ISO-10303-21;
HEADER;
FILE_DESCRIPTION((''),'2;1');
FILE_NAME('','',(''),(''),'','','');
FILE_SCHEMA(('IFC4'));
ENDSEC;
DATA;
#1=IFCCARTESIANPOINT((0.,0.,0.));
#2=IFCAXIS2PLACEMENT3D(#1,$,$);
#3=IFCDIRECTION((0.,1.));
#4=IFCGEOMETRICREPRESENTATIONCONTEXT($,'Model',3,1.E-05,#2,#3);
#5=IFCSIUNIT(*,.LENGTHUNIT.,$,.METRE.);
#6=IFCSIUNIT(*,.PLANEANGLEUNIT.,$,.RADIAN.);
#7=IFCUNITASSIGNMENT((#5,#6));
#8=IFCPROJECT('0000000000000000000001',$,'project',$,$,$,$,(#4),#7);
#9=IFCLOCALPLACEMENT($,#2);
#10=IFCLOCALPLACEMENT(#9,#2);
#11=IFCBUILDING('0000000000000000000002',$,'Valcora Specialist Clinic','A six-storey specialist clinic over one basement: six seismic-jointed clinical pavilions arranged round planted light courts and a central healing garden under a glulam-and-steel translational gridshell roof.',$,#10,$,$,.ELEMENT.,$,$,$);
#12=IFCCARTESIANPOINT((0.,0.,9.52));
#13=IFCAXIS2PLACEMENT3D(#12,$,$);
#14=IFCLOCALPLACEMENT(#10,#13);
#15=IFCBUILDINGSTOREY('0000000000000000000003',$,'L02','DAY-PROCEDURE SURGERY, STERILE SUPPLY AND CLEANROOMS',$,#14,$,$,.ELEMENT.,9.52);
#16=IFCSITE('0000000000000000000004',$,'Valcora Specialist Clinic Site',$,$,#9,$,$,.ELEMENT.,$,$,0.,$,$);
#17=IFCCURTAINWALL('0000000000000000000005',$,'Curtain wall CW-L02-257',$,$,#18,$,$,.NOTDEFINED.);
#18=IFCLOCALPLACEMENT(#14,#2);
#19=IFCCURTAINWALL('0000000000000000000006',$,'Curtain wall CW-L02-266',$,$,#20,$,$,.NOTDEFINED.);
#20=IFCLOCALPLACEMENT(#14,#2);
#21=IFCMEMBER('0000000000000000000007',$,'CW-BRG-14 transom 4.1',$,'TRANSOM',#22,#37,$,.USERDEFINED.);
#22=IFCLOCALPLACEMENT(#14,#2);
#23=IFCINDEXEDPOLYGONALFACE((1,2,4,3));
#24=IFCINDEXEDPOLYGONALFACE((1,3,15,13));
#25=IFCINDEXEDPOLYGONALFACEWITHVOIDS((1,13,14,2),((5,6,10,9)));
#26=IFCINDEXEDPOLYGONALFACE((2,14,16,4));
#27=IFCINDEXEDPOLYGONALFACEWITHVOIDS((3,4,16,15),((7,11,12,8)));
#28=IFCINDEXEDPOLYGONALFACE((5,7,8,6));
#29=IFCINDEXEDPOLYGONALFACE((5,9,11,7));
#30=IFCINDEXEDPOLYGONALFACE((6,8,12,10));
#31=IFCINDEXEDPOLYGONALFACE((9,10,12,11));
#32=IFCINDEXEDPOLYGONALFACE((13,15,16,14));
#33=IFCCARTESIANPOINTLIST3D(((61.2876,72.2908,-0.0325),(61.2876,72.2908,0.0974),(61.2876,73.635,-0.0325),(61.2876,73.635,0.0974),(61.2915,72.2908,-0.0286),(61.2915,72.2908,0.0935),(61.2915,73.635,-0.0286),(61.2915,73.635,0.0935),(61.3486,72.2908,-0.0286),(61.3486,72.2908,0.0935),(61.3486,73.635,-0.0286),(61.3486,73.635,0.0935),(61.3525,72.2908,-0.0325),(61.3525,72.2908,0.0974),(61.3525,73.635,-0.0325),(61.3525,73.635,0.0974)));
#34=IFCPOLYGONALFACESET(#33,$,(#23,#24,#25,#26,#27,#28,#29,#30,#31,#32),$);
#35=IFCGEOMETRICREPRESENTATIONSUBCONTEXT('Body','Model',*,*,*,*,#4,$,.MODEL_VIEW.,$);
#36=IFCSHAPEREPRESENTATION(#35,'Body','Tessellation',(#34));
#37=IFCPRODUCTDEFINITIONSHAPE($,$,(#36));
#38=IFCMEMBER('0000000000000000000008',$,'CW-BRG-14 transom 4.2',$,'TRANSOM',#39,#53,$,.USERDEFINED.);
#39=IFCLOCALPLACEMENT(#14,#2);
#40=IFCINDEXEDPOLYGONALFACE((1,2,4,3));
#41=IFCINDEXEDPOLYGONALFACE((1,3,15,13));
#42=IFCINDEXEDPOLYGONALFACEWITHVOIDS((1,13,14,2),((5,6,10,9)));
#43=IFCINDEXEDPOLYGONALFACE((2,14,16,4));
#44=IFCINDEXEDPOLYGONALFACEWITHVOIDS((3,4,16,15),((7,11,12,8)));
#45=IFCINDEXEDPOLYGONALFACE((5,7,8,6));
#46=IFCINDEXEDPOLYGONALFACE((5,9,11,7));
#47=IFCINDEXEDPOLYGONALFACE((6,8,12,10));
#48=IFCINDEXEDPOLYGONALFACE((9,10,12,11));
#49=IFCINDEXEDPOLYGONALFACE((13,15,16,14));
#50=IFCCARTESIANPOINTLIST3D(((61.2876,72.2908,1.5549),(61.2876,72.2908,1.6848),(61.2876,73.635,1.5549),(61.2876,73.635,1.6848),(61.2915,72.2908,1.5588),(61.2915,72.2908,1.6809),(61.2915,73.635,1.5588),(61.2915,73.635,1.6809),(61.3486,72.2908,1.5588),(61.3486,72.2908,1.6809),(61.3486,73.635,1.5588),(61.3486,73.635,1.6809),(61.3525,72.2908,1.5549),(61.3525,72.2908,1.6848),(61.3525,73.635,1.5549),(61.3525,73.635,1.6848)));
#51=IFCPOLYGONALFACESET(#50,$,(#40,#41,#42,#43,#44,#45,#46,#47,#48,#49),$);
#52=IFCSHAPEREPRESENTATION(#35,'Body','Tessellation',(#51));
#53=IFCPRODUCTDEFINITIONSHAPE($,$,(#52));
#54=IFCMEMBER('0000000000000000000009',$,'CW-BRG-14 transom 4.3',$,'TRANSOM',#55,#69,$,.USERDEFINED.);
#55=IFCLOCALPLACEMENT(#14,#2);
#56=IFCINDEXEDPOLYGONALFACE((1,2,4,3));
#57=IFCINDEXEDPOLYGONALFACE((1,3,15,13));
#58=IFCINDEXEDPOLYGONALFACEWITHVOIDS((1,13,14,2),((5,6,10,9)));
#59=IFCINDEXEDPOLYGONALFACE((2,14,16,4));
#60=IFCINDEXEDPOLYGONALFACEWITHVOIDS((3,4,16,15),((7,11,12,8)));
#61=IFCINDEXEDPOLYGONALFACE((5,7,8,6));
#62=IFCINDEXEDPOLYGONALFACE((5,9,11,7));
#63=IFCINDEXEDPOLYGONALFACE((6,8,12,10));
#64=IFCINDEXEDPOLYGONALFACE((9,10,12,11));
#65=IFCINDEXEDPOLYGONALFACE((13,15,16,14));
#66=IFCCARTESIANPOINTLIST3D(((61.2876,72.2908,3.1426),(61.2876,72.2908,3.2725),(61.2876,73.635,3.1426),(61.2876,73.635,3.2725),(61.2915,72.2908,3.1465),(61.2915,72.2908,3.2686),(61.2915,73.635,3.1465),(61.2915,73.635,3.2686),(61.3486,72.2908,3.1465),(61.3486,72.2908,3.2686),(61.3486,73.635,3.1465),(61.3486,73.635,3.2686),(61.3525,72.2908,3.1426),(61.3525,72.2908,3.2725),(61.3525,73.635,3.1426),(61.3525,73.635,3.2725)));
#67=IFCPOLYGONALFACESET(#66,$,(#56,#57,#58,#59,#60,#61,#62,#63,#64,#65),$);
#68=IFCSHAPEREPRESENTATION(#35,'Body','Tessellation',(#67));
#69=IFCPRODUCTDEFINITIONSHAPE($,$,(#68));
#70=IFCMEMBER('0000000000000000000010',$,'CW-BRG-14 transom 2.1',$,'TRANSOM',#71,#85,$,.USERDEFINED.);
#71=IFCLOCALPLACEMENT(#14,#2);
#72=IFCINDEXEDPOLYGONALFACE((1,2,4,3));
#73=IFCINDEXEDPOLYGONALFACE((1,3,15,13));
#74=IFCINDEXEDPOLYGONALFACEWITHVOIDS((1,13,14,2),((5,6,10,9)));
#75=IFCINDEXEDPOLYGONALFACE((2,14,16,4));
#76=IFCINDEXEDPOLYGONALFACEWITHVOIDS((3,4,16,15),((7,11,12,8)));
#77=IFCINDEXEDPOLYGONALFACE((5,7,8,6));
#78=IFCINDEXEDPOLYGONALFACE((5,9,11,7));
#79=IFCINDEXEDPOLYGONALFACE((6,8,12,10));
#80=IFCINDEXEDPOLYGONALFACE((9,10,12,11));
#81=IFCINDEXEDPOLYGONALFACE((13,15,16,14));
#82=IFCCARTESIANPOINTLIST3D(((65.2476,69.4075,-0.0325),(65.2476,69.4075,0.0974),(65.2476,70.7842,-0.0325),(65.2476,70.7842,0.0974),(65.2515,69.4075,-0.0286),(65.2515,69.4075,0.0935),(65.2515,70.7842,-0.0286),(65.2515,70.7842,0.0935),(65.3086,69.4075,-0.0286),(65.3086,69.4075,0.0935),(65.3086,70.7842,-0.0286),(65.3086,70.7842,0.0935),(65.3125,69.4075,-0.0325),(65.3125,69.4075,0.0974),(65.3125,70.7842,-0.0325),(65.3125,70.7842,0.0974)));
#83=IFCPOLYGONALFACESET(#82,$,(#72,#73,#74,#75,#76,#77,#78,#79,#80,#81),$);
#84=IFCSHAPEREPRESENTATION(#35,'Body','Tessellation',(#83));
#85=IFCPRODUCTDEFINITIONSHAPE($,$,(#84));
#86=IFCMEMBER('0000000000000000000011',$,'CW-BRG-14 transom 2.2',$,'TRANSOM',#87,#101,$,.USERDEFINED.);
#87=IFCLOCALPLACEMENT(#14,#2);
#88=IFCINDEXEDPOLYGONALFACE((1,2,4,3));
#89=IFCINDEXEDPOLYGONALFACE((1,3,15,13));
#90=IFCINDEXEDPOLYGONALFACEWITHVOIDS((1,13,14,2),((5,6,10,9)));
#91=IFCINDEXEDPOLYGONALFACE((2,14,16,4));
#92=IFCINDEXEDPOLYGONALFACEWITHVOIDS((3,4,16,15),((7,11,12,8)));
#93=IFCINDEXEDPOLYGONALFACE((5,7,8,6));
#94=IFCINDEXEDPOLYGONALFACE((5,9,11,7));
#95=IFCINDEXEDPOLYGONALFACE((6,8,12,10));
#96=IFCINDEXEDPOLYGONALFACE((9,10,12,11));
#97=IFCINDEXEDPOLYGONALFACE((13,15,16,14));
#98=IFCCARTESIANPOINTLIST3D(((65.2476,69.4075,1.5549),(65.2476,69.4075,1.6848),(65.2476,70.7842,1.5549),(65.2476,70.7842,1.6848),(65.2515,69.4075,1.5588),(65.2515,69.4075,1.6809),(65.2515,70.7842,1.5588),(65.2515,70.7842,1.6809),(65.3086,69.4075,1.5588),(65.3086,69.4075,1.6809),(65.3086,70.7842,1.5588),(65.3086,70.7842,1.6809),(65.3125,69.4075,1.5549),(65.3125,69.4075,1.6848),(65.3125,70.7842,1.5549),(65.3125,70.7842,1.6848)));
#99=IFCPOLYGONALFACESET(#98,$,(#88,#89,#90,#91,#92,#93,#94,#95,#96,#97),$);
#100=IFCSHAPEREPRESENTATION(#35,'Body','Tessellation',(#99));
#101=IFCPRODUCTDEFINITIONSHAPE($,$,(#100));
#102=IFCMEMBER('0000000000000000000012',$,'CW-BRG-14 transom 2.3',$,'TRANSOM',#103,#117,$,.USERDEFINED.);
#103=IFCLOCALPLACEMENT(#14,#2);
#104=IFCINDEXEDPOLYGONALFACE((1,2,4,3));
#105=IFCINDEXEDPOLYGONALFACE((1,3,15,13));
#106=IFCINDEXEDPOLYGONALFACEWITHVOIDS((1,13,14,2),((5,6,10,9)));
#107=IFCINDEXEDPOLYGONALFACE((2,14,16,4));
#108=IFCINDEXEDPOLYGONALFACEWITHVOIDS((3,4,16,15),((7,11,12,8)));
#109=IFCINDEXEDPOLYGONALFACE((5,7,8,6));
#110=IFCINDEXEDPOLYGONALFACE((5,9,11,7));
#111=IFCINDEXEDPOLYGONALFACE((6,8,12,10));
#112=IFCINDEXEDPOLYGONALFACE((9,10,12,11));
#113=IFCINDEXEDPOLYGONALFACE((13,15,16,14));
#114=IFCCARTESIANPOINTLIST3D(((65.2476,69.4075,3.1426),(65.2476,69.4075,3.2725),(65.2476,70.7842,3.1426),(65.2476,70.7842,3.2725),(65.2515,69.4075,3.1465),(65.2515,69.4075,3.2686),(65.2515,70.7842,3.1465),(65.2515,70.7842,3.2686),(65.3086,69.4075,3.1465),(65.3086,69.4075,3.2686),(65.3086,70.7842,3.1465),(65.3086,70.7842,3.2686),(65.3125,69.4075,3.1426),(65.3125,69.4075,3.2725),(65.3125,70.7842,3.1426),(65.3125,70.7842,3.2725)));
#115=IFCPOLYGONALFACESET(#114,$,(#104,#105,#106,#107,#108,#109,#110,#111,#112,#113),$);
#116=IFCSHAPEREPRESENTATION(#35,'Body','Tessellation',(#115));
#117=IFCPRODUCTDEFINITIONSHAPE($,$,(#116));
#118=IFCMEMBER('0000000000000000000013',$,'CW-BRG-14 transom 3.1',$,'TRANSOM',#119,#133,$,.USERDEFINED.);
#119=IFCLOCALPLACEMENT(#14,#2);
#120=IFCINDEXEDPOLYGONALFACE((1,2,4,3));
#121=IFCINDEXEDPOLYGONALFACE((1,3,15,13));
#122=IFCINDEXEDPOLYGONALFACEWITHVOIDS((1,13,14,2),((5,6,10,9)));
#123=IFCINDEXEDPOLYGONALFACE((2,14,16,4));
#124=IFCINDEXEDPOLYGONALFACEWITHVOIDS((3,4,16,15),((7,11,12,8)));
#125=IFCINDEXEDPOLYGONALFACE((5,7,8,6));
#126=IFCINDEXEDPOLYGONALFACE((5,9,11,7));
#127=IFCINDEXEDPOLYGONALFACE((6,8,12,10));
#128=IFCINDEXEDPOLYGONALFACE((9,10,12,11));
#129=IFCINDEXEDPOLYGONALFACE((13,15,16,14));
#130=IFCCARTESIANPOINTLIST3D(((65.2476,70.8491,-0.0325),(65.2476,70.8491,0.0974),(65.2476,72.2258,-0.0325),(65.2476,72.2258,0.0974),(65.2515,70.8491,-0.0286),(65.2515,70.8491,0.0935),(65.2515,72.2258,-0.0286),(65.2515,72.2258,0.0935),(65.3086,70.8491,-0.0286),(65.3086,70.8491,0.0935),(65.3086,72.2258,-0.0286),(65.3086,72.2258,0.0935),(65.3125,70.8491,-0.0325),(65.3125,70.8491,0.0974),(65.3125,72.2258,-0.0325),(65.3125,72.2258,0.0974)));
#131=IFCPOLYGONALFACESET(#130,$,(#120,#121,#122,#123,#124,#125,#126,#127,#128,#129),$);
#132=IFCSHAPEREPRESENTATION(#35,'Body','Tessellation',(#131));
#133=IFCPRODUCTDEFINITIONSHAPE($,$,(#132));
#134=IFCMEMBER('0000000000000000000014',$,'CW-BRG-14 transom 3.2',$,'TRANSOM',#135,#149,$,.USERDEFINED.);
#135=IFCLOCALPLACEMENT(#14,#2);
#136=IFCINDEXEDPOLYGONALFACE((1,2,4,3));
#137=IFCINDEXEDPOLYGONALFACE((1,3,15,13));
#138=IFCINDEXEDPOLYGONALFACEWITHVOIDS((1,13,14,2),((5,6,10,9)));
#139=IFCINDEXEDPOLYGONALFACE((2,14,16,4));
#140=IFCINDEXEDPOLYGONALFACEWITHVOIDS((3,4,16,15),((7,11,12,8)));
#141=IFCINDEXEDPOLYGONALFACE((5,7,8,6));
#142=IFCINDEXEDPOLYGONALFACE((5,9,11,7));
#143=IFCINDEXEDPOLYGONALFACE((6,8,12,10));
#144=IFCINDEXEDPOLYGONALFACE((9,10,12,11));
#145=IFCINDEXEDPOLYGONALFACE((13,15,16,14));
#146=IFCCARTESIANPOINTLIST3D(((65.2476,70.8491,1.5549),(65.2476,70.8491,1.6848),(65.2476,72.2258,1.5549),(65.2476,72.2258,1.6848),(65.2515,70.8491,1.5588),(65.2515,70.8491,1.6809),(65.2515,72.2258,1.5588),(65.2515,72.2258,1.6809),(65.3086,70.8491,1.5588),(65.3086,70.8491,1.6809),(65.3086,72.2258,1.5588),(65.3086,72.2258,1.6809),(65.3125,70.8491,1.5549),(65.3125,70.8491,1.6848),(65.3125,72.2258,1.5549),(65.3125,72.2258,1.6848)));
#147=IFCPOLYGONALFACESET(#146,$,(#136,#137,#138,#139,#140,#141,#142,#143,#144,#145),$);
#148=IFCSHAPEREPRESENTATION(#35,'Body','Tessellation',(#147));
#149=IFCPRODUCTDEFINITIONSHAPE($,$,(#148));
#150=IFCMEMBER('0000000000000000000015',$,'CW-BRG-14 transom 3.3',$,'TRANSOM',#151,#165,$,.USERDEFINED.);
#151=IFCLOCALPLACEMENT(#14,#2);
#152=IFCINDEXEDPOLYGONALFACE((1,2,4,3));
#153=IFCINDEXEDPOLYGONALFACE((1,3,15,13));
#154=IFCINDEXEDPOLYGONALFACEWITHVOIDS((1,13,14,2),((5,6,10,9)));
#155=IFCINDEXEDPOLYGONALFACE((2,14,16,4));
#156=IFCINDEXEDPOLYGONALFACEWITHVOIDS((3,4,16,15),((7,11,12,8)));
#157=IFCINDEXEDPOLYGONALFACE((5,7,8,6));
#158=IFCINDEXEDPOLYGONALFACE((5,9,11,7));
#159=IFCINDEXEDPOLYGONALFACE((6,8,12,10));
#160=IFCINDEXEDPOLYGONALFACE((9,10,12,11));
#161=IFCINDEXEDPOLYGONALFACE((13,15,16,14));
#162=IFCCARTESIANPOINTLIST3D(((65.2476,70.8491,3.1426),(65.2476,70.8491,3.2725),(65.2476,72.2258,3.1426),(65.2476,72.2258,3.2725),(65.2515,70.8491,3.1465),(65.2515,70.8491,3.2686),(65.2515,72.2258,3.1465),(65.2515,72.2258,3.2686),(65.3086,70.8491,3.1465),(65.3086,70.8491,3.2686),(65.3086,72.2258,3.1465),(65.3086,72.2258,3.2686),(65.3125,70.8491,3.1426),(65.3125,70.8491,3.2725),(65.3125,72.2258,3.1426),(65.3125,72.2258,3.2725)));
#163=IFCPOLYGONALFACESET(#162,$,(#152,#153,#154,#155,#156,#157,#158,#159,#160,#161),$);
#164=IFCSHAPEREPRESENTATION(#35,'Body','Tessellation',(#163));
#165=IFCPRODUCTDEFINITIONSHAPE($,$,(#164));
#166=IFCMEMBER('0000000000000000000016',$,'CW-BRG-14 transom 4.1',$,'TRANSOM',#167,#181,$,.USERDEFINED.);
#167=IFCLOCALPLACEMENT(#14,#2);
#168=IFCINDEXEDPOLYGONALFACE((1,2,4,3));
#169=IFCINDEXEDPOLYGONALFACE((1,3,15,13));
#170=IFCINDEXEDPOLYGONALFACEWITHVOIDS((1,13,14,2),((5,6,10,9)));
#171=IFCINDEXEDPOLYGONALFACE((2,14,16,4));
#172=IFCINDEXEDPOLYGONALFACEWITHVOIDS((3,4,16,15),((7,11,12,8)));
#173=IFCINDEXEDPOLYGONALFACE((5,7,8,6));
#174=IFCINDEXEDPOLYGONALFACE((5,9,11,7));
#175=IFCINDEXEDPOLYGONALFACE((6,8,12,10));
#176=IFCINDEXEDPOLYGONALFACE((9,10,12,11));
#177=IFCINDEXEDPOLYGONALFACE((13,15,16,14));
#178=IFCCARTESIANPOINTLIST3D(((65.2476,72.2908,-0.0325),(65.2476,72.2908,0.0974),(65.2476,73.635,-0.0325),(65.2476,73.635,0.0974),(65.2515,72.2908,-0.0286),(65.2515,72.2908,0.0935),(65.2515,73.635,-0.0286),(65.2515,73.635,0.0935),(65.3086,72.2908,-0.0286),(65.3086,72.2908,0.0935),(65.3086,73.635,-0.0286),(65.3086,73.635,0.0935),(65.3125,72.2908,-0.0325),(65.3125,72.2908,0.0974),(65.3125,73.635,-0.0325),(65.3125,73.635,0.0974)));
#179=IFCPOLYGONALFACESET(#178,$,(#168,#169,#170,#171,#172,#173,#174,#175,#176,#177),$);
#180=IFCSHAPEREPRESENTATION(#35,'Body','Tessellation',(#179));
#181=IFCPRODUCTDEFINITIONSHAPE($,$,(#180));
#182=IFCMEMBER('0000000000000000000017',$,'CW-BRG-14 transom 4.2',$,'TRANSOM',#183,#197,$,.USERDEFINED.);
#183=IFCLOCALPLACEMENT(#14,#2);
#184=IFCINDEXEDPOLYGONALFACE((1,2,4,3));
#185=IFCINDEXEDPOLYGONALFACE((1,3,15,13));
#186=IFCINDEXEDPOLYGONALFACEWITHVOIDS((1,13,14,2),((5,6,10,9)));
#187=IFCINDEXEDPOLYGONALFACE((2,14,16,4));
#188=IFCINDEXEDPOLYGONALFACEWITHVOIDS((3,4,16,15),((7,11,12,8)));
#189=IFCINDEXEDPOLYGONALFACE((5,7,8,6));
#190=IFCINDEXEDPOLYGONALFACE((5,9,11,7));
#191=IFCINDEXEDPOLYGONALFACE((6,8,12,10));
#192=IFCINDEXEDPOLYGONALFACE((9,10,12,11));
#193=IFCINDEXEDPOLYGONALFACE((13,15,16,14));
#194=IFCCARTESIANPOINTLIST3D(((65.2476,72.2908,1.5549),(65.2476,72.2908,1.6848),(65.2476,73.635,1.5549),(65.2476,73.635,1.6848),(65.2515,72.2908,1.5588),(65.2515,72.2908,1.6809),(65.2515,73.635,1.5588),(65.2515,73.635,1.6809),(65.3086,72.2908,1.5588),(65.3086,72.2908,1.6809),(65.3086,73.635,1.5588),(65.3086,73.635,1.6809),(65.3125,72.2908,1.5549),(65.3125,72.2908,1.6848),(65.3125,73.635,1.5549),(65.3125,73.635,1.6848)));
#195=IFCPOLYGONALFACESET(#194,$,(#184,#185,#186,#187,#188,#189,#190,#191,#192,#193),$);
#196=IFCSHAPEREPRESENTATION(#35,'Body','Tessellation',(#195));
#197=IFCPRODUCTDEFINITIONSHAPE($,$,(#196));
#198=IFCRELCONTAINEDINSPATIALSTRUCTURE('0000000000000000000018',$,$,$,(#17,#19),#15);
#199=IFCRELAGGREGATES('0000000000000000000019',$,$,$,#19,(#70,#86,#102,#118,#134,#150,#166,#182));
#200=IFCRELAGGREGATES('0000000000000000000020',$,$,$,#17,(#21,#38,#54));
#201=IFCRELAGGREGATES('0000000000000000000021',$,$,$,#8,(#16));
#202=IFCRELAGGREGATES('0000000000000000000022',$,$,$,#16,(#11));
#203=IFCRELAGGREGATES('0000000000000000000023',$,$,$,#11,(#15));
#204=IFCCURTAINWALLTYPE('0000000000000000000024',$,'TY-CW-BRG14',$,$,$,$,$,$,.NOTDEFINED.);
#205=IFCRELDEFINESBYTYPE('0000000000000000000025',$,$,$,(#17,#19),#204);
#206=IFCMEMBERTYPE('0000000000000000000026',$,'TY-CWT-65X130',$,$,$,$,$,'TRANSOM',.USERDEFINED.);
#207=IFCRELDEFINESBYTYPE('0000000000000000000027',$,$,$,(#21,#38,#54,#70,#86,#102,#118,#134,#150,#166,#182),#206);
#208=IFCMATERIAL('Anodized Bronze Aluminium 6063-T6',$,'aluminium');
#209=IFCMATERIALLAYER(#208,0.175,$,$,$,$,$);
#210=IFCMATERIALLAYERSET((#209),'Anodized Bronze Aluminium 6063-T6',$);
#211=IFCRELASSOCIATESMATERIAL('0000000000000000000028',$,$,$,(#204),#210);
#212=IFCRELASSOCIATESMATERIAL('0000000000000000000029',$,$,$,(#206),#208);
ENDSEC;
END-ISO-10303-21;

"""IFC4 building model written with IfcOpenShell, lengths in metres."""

from ifc_helpers import new_model, si_unit, direction, frame, origin, origin_2d, place, context, subcontext, project, spatial, hollow_rectangle, extrude, material, layer, layer_set, material_profile, profile_set, type_object, element, aggregate, save


model = new_model("IFC4")

# Units and contexts
model_context = context("Model", 3, precision=1e-05, world=origin(), true_north=direction((0.0, 1.0)))
body_context = subcontext(model_context, "Body", "Model", "MODEL_VIEW")
ifc_project = project(units=[si_unit("LENGTHUNIT", "METRE"), si_unit("PLANEANGLEUNIT", "RADIAN")], contexts=[model_context])

# Site, building, storey
site_placement = place(None, origin())
site = spatial("IfcSite", under=ifc_project, at=site_placement, Name="Valcora Specialist Clinic Site", CompositionType="ELEMENT", RefElevation=0.0)
building_placement = place(site_placement, origin())
building = spatial("IfcBuilding", under=site, at=building_placement, Name="Valcora Specialist Clinic", Description="A six-storey specialist clinic over one basement: six seismic-jointed clinical pavilions arranged round planted light courts and a central healing garden under a glulam-and-steel translational gridshell roof.", CompositionType="ELEMENT")
storey_placement = place(building_placement, frame((0.0, 0.0, 9.52)))
storey = spatial("IfcBuildingStorey", under=building, at=storey_placement, Name="L02", Description="DAY-PROCEDURE SURGERY, STERILE SUPPLY AND CLEANROOMS", CompositionType="ELEMENT", Elevation=9.52)

# Curtain walls
ifc_material_1 = material(Name="Anodized Bronze Aluminium 6063-T6", Category="aluminium")
ifc_layer_1 = layer(ifc_material_1, 0.175)
ifc_layer_set_1 = layer_set([ifc_layer_1], Name="Anodized Bronze Aluminium 6063-T6")
curtain_wall_type = type_object("IfcCurtainWallType", Name="TY-CW-BRG14", PredefinedType="NOTDEFINED", material=ifc_layer_set_1)
curtain_wall_1_placement = place(storey_placement, origin())
curtain_wall_1 = element("IfcCurtainWall", 1, at=curtain_wall_1_placement, inside=storey, type_object=curtain_wall_type, Name="Curtain wall CW-L02-257", PredefinedType="NOTDEFINED")
curtain_wall_2_placement = place(storey_placement, origin())
curtain_wall_2 = element("IfcCurtainWall", 2, at=curtain_wall_2_placement, inside=storey, type_object=curtain_wall_type, Name="Curtain wall CW-L02-266", PredefinedType="NOTDEFINED")

# Members
ifc_material_profile_1 = material_profile(ifc_material_1, hollow_rectangle(XDim=0.0649, YDim=0.1299, WallThickness=0.0039, at=origin_2d()), Name="AL-TRN-65X130")
ifc_profile_set_1 = profile_set([ifc_material_profile_1], Name="Anodized Bronze Aluminium 6063-T6")
member_type_1 = type_object("IfcMemberType", Name="TY-CWT-65X130", ElementType="TRANSOM", PredefinedType="USERDEFINED", material=ifc_profile_set_1)
member_1_placement = place(storey_placement, frame((61.3201, 72.2908, 0.0325), z_axis=(0.0, 1.0, 0.0), x_axis=(-1.0, 0.0, 0.0)))
member_1 = element("IfcMember", 3, at=member_1_placement, type_object=member_type_1, Name="CW-BRG-14 transom 4.1", ObjectType="TRANSOM", PredefinedType="USERDEFINED", context=body_context, shape_type="SweptSolid", body=[
    extrude(hollow_rectangle(XDim=0.0649, YDim=0.1299, WallThickness=0.0039, at=origin_2d()), origin(), (0.0, 0.0, 1.0), 1.3442),
])
member_2_placement = place(storey_placement, frame((61.3201, 72.2908, 1.6199), z_axis=(0.0, 1.0, 0.0), x_axis=(-1.0, 0.0, 0.0)))
member_2 = element("IfcMember", 4, at=member_2_placement, type_object=member_type_1, Name="CW-BRG-14 transom 4.2", ObjectType="TRANSOM", PredefinedType="USERDEFINED", context=body_context, shape_type="SweptSolid", body=[
    extrude(hollow_rectangle(XDim=0.0649, YDim=0.1299, WallThickness=0.0039, at=origin_2d()), origin(), (0.0, 0.0, 1.0), 1.3442),
])
member_3_placement = place(storey_placement, frame((61.3201, 72.2908, 3.2075), z_axis=(0.0, 1.0, 0.0), x_axis=(-1.0, 0.0, 0.0)))
member_3 = element("IfcMember", 5, at=member_3_placement, type_object=member_type_1, Name="CW-BRG-14 transom 4.3", ObjectType="TRANSOM", PredefinedType="USERDEFINED", context=body_context, shape_type="SweptSolid", body=[
    extrude(hollow_rectangle(XDim=0.0649, YDim=0.1299, WallThickness=0.0039, at=origin_2d()), origin(), (0.0, 0.0, 1.0), 1.3442),
])
member_4_placement = place(storey_placement, frame((65.28, 69.4075, 0.0325), z_axis=(0.0, 1.0, 0.0), x_axis=(-1.0, 0.0, 0.0)))
member_4 = element("IfcMember", 6, at=member_4_placement, type_object=member_type_1, Name="CW-BRG-14 transom 2.1", ObjectType="TRANSOM", PredefinedType="USERDEFINED", context=body_context, shape_type="SweptSolid", body=[
    extrude(hollow_rectangle(XDim=0.0649, YDim=0.1299, WallThickness=0.0039, at=origin_2d()), origin(), (0.0, 0.0, 1.0), 1.3767),
])
member_5_placement = place(storey_placement, frame((65.28, 69.4075, 1.6199), z_axis=(0.0, 1.0, 0.0), x_axis=(-1.0, 0.0, 0.0)))
member_5 = element("IfcMember", 7, at=member_5_placement, type_object=member_type_1, Name="CW-BRG-14 transom 2.2", ObjectType="TRANSOM", PredefinedType="USERDEFINED", context=body_context, shape_type="SweptSolid", body=[
    extrude(hollow_rectangle(XDim=0.0649, YDim=0.1299, WallThickness=0.0039, at=origin_2d()), origin(), (0.0, 0.0, 1.0), 1.3767),
])
member_6_placement = place(storey_placement, frame((65.28, 69.4075, 3.2075), z_axis=(0.0, 1.0, 0.0), x_axis=(-1.0, 0.0, 0.0)))
member_6 = element("IfcMember", 8, at=member_6_placement, type_object=member_type_1, Name="CW-BRG-14 transom 2.3", ObjectType="TRANSOM", PredefinedType="USERDEFINED", context=body_context, shape_type="SweptSolid", body=[
    extrude(hollow_rectangle(XDim=0.0649, YDim=0.1299, WallThickness=0.0039, at=origin_2d()), origin(), (0.0, 0.0, 1.0), 1.3767),
])
member_7_placement = place(storey_placement, frame((65.28, 70.8491, 0.0325), z_axis=(0.0, 1.0, 0.0), x_axis=(-1.0, 0.0, 0.0)))
member_7 = element("IfcMember", 9, at=member_7_placement, type_object=member_type_1, Name="CW-BRG-14 transom 3.1", ObjectType="TRANSOM", PredefinedType="USERDEFINED", context=body_context, shape_type="SweptSolid", body=[
    extrude(hollow_rectangle(XDim=0.0649, YDim=0.1299, WallThickness=0.0039, at=origin_2d()), origin(), (0.0, 0.0, 1.0), 1.3767),
])
member_8_placement = place(storey_placement, frame((65.28, 70.8491, 1.6199), z_axis=(0.0, 1.0, 0.0), x_axis=(-1.0, 0.0, 0.0)))
member_8 = element("IfcMember", 10, at=member_8_placement, type_object=member_type_1, Name="CW-BRG-14 transom 3.2", ObjectType="TRANSOM", PredefinedType="USERDEFINED", context=body_context, shape_type="SweptSolid", body=[
    extrude(hollow_rectangle(XDim=0.0649, YDim=0.1299, WallThickness=0.0039, at=origin_2d()), origin(), (0.0, 0.0, 1.0), 1.3767),
])
member_9_placement = place(storey_placement, frame((65.28, 70.8491, 3.2075), z_axis=(0.0, 1.0, 0.0), x_axis=(-1.0, 0.0, 0.0)))
member_9 = element("IfcMember", 11, at=member_9_placement, type_object=member_type_1, Name="CW-BRG-14 transom 3.3", ObjectType="TRANSOM", PredefinedType="USERDEFINED", context=body_context, shape_type="SweptSolid", body=[
    extrude(hollow_rectangle(XDim=0.0649, YDim=0.1299, WallThickness=0.0039, at=origin_2d()), origin(), (0.0, 0.0, 1.0), 1.3767),
])
member_10_placement = place(storey_placement, frame((65.28, 72.2908, 0.0325), z_axis=(0.0, 1.0, 0.0), x_axis=(-1.0, 0.0, 0.0)))
member_10 = element("IfcMember", 12, at=member_10_placement, type_object=member_type_1, Name="CW-BRG-14 transom 4.1", ObjectType="TRANSOM", PredefinedType="USERDEFINED", context=body_context, shape_type="SweptSolid", body=[
    extrude(hollow_rectangle(XDim=0.0649, YDim=0.1299, WallThickness=0.0039, at=origin_2d()), origin(), (0.0, 0.0, 1.0), 1.3442),
])
member_11_placement = place(storey_placement, frame((65.28, 72.2908, 1.6199), z_axis=(0.0, 1.0, 0.0), x_axis=(-1.0, 0.0, 0.0)))
member_11 = element("IfcMember", 13, at=member_11_placement, type_object=member_type_1, Name="CW-BRG-14 transom 4.2", ObjectType="TRANSOM", PredefinedType="USERDEFINED", context=body_context, shape_type="SweptSolid", body=[
    extrude(hollow_rectangle(XDim=0.0649, YDim=0.1299, WallThickness=0.0039, at=origin_2d()), origin(), (0.0, 0.0, 1.0), 1.3442),
])

aggregate(curtain_wall_2, [member_4, member_5, member_6, member_7, member_8, member_9, member_10, member_11])
aggregate(curtain_wall_1, [member_1, member_2, member_3])

save(model, "model.ifc")
